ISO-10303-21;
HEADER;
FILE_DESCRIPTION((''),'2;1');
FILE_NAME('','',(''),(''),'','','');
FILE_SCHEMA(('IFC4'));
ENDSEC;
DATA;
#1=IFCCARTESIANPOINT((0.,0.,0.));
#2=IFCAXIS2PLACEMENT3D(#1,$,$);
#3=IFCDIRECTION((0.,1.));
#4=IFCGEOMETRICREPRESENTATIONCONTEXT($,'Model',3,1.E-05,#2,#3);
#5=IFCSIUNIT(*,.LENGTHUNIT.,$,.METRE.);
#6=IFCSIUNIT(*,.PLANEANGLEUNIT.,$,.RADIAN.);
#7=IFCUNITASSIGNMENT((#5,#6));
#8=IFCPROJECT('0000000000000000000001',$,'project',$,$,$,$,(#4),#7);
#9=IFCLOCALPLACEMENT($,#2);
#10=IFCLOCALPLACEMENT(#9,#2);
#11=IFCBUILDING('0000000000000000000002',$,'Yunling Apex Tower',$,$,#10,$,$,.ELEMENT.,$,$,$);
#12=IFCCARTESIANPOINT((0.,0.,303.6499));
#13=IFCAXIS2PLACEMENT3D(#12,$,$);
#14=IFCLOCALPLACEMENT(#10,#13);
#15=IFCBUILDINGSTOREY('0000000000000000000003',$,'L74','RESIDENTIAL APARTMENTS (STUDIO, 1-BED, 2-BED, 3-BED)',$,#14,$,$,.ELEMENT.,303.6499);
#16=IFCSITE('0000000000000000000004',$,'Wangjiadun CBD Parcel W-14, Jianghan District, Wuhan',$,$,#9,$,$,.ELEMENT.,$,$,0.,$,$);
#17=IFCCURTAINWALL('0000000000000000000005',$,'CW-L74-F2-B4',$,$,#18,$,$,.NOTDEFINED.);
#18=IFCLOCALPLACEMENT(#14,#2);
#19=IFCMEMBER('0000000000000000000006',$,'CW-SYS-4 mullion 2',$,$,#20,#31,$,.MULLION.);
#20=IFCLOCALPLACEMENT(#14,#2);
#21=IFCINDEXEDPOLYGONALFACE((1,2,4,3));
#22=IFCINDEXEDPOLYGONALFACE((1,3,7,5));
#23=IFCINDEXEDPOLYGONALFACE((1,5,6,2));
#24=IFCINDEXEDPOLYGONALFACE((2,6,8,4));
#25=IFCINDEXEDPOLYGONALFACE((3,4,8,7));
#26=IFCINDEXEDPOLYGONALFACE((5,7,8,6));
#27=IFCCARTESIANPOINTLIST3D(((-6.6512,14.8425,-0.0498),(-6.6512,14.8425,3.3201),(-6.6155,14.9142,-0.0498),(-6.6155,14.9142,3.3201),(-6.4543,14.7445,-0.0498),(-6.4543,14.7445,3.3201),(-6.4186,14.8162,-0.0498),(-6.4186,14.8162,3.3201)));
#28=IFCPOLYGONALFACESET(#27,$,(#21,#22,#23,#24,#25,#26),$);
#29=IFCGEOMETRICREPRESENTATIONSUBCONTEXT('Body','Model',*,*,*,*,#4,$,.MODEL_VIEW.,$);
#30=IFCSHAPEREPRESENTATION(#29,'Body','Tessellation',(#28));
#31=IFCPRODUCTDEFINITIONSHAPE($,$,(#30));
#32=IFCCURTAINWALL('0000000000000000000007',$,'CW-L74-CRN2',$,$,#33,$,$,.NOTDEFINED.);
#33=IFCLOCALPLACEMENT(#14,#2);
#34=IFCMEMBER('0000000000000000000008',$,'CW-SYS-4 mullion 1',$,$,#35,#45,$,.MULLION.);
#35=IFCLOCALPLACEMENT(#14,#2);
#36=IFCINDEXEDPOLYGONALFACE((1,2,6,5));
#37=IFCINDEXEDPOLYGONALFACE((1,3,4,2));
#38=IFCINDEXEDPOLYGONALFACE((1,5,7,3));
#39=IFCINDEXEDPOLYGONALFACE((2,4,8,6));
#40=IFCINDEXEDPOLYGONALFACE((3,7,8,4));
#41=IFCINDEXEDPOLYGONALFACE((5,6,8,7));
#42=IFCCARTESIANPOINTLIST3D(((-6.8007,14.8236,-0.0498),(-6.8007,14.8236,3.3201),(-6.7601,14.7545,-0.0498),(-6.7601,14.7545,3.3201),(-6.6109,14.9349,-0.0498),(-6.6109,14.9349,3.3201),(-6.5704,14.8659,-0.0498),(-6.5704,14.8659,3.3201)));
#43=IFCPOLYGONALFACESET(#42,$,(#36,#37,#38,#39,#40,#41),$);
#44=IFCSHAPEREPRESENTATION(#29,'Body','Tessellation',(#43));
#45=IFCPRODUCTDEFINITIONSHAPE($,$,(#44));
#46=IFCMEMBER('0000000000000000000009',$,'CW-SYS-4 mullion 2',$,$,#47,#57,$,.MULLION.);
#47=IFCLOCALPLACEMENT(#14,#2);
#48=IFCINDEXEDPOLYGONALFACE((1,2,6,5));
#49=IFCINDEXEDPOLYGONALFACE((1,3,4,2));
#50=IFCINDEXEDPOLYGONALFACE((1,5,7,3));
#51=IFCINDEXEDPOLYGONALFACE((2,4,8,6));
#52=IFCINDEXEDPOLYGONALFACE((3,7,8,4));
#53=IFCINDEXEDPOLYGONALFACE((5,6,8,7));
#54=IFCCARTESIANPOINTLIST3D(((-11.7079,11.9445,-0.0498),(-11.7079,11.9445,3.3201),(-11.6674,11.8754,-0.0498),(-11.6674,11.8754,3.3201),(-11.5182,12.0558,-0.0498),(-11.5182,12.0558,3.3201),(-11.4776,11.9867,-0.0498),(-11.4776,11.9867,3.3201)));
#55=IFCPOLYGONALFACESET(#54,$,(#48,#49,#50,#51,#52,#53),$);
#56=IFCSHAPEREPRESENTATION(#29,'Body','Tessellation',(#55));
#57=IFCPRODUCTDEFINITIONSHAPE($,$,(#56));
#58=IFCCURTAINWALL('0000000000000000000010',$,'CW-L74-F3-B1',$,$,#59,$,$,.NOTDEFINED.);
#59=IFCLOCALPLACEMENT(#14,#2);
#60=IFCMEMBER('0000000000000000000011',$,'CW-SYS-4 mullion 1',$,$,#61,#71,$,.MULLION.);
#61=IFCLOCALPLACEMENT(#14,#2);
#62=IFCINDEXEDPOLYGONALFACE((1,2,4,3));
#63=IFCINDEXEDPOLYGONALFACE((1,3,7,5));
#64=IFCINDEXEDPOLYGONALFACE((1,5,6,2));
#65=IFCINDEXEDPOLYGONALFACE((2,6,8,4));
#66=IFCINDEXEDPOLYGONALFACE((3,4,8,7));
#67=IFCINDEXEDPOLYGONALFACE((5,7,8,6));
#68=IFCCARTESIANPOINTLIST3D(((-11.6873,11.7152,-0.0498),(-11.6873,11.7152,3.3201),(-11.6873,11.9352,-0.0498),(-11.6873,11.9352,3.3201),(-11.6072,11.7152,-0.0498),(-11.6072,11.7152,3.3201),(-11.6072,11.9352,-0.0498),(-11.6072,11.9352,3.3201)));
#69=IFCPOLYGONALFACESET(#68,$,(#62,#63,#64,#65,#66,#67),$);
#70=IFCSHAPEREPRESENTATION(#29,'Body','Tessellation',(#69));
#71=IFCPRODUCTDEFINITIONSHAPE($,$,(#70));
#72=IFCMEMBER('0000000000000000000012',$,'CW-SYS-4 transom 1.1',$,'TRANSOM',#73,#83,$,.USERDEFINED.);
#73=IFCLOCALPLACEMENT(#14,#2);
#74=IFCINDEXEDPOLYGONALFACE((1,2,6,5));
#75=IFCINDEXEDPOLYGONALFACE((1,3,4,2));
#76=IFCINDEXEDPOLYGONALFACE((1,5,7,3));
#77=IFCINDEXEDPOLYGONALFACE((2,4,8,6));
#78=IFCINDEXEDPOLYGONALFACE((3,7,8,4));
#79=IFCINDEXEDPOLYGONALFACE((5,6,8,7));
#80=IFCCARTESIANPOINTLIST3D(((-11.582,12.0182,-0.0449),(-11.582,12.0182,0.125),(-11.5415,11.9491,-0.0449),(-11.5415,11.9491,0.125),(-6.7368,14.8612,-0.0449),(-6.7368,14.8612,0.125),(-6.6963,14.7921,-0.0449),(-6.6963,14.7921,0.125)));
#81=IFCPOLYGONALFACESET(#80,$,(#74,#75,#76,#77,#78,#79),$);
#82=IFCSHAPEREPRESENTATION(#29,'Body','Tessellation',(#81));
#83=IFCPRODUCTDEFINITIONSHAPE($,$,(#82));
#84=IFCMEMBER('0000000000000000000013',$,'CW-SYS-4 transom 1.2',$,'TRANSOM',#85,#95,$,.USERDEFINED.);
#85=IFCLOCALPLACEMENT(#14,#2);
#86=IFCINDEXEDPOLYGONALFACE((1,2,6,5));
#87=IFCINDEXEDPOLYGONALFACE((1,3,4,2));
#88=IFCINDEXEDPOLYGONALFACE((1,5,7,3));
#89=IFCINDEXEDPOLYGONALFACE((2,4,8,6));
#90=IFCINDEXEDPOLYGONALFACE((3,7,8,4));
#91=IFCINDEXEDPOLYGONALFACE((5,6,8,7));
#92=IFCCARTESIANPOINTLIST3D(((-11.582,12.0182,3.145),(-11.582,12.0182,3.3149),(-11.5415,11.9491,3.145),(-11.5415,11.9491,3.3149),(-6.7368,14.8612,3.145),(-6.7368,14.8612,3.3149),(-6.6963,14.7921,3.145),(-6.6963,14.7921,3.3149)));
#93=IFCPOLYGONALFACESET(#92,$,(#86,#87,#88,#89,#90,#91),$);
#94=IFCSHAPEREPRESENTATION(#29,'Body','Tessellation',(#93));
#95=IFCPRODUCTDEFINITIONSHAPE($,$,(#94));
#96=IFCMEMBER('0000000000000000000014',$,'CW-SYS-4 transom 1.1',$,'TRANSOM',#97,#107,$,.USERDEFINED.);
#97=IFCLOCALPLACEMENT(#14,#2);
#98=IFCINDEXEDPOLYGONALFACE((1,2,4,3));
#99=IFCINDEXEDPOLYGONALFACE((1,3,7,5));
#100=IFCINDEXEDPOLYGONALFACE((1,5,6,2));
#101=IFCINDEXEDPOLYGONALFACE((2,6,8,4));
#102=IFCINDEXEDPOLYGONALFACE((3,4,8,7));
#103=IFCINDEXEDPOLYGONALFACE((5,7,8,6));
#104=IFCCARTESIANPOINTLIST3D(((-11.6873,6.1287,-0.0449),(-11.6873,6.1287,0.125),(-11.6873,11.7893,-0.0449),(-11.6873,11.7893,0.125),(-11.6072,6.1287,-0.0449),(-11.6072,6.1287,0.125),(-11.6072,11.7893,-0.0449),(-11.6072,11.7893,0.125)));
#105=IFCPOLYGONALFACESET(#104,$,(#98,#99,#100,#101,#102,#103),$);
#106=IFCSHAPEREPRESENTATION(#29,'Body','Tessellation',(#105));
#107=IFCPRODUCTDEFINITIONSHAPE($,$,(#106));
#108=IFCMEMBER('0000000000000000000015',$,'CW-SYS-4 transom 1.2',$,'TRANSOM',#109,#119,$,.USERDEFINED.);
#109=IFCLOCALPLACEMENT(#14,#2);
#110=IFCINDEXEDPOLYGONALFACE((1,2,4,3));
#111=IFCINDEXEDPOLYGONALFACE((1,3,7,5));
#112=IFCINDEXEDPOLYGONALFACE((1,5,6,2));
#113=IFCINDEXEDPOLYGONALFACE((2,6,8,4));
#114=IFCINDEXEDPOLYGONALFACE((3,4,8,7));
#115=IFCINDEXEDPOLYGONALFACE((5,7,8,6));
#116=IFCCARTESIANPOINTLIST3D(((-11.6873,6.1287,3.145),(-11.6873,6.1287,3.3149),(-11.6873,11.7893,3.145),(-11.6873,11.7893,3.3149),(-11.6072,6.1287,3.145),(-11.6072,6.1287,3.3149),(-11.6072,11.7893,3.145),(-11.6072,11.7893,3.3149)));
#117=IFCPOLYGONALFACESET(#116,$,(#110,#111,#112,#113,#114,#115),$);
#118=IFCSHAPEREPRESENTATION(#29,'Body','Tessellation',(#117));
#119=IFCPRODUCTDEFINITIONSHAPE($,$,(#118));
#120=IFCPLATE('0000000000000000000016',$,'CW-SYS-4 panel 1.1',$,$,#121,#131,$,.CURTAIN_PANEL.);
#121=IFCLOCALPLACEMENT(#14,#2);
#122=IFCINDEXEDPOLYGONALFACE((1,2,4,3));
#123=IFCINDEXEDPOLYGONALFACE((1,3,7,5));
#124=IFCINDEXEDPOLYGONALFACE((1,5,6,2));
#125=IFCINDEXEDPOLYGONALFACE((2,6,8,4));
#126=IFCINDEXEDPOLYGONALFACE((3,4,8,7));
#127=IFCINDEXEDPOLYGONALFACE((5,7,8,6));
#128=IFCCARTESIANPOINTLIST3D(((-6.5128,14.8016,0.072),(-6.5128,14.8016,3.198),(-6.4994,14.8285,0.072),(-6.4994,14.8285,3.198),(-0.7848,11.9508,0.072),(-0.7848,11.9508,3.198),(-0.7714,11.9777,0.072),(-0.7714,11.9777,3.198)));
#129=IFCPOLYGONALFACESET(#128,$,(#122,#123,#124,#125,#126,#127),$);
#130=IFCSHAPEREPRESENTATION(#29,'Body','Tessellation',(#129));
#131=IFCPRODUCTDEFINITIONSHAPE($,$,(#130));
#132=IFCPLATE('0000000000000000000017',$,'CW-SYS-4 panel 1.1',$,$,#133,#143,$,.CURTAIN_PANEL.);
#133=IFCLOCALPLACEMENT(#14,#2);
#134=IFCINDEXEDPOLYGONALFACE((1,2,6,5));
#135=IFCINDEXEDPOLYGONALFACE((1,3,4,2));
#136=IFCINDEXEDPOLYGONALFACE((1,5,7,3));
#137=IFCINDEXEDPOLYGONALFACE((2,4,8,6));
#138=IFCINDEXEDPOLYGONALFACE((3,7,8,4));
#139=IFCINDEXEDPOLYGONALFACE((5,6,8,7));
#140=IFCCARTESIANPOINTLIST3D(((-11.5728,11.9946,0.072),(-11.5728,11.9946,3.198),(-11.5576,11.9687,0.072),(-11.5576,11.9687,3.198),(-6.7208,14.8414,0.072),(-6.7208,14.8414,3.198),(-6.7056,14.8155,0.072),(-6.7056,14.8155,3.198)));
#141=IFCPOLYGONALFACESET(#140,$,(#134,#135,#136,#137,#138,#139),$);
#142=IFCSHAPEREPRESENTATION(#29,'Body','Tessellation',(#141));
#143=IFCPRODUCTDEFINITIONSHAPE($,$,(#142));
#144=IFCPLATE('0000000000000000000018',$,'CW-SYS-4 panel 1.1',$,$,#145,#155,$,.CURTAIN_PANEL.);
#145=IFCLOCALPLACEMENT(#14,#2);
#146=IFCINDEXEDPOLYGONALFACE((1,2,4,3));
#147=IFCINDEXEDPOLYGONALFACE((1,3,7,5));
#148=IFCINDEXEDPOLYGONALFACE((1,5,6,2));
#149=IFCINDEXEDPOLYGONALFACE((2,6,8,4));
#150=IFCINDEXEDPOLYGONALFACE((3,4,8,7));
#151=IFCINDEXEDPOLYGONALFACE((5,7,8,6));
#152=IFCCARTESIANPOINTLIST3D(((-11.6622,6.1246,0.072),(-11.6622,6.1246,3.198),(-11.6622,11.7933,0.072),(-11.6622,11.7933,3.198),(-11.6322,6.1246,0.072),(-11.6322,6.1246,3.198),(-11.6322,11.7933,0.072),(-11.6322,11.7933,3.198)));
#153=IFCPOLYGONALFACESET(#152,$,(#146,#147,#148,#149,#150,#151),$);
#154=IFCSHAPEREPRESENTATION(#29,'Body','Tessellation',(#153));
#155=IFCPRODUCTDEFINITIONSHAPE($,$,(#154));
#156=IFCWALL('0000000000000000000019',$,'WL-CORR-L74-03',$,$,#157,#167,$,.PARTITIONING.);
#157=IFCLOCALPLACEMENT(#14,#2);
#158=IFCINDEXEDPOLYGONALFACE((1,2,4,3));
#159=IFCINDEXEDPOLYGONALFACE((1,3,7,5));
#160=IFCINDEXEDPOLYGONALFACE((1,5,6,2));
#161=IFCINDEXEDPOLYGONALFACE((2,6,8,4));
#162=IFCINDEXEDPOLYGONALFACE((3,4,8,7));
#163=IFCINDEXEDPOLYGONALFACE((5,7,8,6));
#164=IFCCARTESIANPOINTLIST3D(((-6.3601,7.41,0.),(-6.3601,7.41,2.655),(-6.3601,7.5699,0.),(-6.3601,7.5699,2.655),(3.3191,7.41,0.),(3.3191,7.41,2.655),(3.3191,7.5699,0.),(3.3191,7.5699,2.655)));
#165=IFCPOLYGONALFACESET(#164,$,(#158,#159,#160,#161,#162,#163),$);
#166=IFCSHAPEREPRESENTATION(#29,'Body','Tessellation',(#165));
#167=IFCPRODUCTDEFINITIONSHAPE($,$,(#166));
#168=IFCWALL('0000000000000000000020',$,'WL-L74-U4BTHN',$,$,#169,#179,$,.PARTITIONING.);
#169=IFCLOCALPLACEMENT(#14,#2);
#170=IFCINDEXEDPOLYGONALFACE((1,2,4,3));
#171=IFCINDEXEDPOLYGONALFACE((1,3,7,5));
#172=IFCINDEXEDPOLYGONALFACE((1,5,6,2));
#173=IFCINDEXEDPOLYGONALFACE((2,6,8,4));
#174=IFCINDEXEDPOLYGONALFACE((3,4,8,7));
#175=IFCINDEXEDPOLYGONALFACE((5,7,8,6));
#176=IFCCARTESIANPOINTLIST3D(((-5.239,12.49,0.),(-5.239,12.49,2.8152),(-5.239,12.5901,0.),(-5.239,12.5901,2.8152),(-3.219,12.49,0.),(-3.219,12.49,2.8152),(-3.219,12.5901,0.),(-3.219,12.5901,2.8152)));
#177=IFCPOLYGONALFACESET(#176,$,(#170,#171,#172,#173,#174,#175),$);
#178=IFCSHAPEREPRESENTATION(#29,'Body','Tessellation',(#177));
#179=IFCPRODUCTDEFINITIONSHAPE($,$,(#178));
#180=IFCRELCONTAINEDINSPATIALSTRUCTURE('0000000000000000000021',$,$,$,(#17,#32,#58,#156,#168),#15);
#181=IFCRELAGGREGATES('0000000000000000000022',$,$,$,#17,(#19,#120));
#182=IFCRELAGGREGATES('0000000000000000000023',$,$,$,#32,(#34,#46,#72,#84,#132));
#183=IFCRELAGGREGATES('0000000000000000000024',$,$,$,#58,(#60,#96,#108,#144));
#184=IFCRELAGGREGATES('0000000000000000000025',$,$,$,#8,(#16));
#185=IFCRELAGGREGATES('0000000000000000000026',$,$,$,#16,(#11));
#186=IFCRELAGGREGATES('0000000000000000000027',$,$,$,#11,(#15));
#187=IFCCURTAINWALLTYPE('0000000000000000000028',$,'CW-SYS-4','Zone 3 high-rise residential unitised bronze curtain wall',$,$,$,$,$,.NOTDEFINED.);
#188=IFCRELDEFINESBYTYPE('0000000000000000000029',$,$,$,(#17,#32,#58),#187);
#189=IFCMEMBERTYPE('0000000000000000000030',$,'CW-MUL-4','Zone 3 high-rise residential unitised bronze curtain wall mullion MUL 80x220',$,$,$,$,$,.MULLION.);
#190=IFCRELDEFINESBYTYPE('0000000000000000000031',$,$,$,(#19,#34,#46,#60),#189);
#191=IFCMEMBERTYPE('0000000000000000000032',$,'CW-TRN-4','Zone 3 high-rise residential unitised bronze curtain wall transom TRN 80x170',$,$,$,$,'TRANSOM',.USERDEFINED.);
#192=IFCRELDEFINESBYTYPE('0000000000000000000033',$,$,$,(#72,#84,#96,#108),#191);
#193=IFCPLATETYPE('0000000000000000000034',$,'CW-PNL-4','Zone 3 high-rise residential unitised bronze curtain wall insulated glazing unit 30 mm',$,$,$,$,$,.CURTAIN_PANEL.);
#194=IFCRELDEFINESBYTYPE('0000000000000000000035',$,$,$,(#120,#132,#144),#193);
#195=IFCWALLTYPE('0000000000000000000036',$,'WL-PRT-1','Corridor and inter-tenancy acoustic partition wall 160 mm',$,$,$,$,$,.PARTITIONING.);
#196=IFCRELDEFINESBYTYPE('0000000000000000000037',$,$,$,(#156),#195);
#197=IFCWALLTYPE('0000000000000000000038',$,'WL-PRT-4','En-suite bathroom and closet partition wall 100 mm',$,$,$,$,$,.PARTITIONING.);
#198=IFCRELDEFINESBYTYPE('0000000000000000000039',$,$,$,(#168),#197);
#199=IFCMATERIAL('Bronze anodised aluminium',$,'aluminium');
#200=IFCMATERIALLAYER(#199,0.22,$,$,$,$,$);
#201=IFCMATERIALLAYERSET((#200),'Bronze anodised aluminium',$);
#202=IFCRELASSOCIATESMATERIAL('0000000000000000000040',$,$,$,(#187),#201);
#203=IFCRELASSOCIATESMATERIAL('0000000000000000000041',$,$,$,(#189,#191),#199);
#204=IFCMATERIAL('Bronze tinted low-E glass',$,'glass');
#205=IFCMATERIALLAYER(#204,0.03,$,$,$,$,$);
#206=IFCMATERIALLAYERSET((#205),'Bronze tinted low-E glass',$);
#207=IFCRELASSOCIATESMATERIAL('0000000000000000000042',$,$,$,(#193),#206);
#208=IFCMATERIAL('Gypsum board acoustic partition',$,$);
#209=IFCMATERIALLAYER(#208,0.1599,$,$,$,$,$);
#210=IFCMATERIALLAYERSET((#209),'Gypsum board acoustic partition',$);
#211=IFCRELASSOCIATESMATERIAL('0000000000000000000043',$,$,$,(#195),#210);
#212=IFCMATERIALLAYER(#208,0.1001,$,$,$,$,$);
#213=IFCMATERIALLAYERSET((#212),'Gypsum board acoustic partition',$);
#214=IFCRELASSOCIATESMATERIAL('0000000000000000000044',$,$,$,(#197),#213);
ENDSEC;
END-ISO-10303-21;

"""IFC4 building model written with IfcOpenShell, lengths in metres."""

from ifc_helpers import new_model, si_unit, direction, frame, frame_2d, origin, origin_2d, place, context, subcontext, project, spatial, rectangle, extrude, source, transform, mapped, material, layer, layer_set, material_profile, profile_set, type_object, element, aggregate, save


model = new_model("IFC4")

# Units and contexts
model_context = context("Model", 3, precision=1e-05, world=origin(), true_north=direction((0.0, 1.0)))
body_context = subcontext(model_context, "Body", "Model", "MODEL_VIEW")
ifc_project = project(units=[si_unit("LENGTHUNIT", "METRE"), si_unit("PLANEANGLEUNIT", "RADIAN")], contexts=[model_context])

# Site, building, storey
site_placement = place(None, origin())
site = spatial("IfcSite", under=ifc_project, at=site_placement, Name="Wangjiadun CBD Parcel W-14, Jianghan District, Wuhan", CompositionType="ELEMENT", RefElevation=0.0)
building_placement = place(site_placement, origin())
building = spatial("IfcBuilding", under=site, at=building_placement, Name="Yunling Apex Tower", CompositionType="ELEMENT")
storey_placement = place(building_placement, frame((0.0, 0.0, 303.6499)))
storey = spatial("IfcBuildingStorey", under=building, at=storey_placement, Name="L74", Description="RESIDENTIAL APARTMENTS (STUDIO, 1-BED, 2-BED, 3-BED)", CompositionType="ELEMENT", Elevation=303.6499)

# Curtain wall, member
ifc_material_1 = material(Name="Bronze anodised aluminium", Category="aluminium")
ifc_layer_1 = layer(ifc_material_1, 0.22)
ifc_layer_set_1 = layer_set([ifc_layer_1], Name="Bronze anodised aluminium")
curtain_wall_type = type_object("IfcCurtainWallType", Name="CW-SYS-4", Description="Zone 3 high-rise residential unitised bronze curtain wall", PredefinedType="NOTDEFINED", material=ifc_layer_set_1)
curtain_wall_1_placement = place(storey_placement, origin())
curtain_wall_1 = element("IfcCurtainWall", 1, at=curtain_wall_1_placement, inside=storey, type_object=curtain_wall_type, Name="CW-L74-F2-B4", PredefinedType="NOTDEFINED")
ifc_material_profile_1 = material_profile(ifc_material_1, rectangle(XDim=0.0801, YDim=0.22, at=origin_2d()))
ifc_profile_set_1 = profile_set([ifc_material_profile_1], Name="Bronze anodised aluminium")
member_type_1 = type_object("IfcMemberType", Name="CW-MUL-4", Description="Zone 3 high-rise residential unitised bronze curtain wall mullion MUL 80x220", PredefinedType="MULLION", material=ifc_profile_set_1)
shared_shape_1 = source(origin(), body_context, "Body", "SweptSolid", [
    extrude(rectangle(XDim=0.0801, YDim=0.22, at=origin_2d()), origin(), (0.0, 0.0, 1.0), 3.3699),
])
member_1_placement = place(storey_placement, frame((-6.5349, 14.8293, -0.0498), z_axis=(0.0, 0.0, 1.0), x_axis=(-0.445568, -0.895248, 0.0)))
member_1 = element("IfcMember", 2, at=member_1_placement, type_object=member_type_1, Name="CW-SYS-4 mullion 2", PredefinedType="MULLION", context=body_context, shape_type="MappedRepresentation", body=[
    mapped(shared_shape_1, transform((0.0, 0.0, 0.0), scale=1.0)),
])

# Curtain wall, members
curtain_wall_2_placement = place(storey_placement, origin())
curtain_wall_2 = element("IfcCurtainWall", 3, at=curtain_wall_2_placement, inside=storey, type_object=curtain_wall_type, Name="CW-L74-CRN2", PredefinedType="NOTDEFINED")
member_2_placement = place(storey_placement, frame((-6.6855, 14.8447, -0.0498), z_axis=(0.0, 0.0, 1.0), x_axis=(0.506057, -0.8625, 0.0)))
member_2 = element("IfcMember", 4, at=member_2_placement, type_object=member_type_1, Name="CW-SYS-4 mullion 1", PredefinedType="MULLION", context=body_context, shape_type="MappedRepresentation", body=[
    mapped(shared_shape_1, transform((0.0, 0.0, 0.0), scale=1.0)),
])
member_3_placement = place(storey_placement, frame((-11.5928, 11.9656, -0.0498), z_axis=(0.0, 0.0, 1.0), x_axis=(0.506057, -0.8625, 0.0)))
member_3 = element("IfcMember", 5, at=member_3_placement, type_object=member_type_1, Name="CW-SYS-4 mullion 2", PredefinedType="MULLION", context=body_context, shape_type="MappedRepresentation", body=[
    mapped(shared_shape_1, transform((0.0, 0.0, 0.0), scale=1.0)),
])

# Curtain wall, member
curtain_wall_3_placement = place(storey_placement, origin())
curtain_wall_3 = element("IfcCurtainWall", 6, at=curtain_wall_3_placement, inside=storey, type_object=curtain_wall_type, Name="CW-L74-F3-B1", PredefinedType="NOTDEFINED")
member_4_placement = place(storey_placement, frame((-11.6472, 11.8252, -0.0498), z_axis=(0.0, 0.0, 1.0), x_axis=(1.0, 0.0, 0.0)))
member_4 = element("IfcMember", 7, at=member_4_placement, type_object=member_type_1, Name="CW-SYS-4 mullion 1", PredefinedType="MULLION", context=body_context, shape_type="MappedRepresentation", body=[
    mapped(shared_shape_1, transform((0.0, 0.0, 0.0), scale=1.0)),
])

# Members
ifc_material_profile_2 = material_profile(ifc_material_1, rectangle(XDim=0.0801, YDim=0.1699, at=origin_2d()))
ifc_profile_set_2 = profile_set([ifc_material_profile_2], Name="Bronze anodised aluminium")
member_type_2 = type_object("IfcMemberType", Name="CW-TRN-4", Description="Zone 3 high-rise residential unitised bronze curtain wall transom TRN 80x170", ElementType="TRANSOM", PredefinedType="USERDEFINED", material=ifc_profile_set_2)
shared_shape_2 = source(origin(), body_context, "Body", "SweptSolid", [
    extrude(rectangle(XDim=0.0801, YDim=0.1699, at=origin_2d()), origin(), (0.0, 0.0, 1.0), 5.6177),
])
member_5_placement = place(storey_placement, frame((-6.7166, 14.8267, 0.04), z_axis=(-0.862487, -0.50608, 0.0), x_axis=(0.50608, -0.862487, 0.0)))
member_5 = element("IfcMember", 8, at=member_5_placement, type_object=member_type_2, Name="CW-SYS-4 transom 1.1", ObjectType="TRANSOM", PredefinedType="USERDEFINED", context=body_context, shape_type="MappedRepresentation", body=[
    mapped(shared_shape_2, transform((0.0, 0.0, 0.0), scale=1.0)),
])
member_6_placement = place(storey_placement, frame((-6.7166, 14.8267, 3.23), z_axis=(-0.862487, -0.50608, 0.0), x_axis=(0.50608, -0.862487, 0.0)))
member_6 = element("IfcMember", 9, at=member_6_placement, type_object=member_type_2, Name="CW-SYS-4 transom 1.2", ObjectType="TRANSOM", PredefinedType="USERDEFINED", context=body_context, shape_type="MappedRepresentation", body=[
    mapped(shared_shape_2, transform((0.0, 0.0, 0.0), scale=1.0)),
])
shared_shape_3 = source(origin(), body_context, "Body", "SweptSolid", [
    extrude(rectangle(XDim=0.0801, YDim=0.1699, at=origin_2d()), origin(), (0.0, 0.0, 1.0), 5.6606),
])
member_7_placement = place(storey_placement, frame((-11.6472, 11.7893, 0.04), z_axis=(0.0, -1.0, 0.0), x_axis=(1.0, 0.0, 0.0)))
member_7 = element("IfcMember", 10, at=member_7_placement, type_object=member_type_2, Name="CW-SYS-4 transom 1.1", ObjectType="TRANSOM", PredefinedType="USERDEFINED", context=body_context, shape_type="MappedRepresentation", body=[
    mapped(shared_shape_3, transform((0.0, 0.0, 0.0), scale=1.0)),
])
member_8_placement = place(storey_placement, frame((-11.6472, 11.7893, 3.23), z_axis=(0.0, -1.0, 0.0), x_axis=(1.0, 0.0, 0.0)))
member_8 = element("IfcMember", 11, at=member_8_placement, type_object=member_type_2, Name="CW-SYS-4 transom 1.2", ObjectType="TRANSOM", PredefinedType="USERDEFINED", context=body_context, shape_type="MappedRepresentation", body=[
    mapped(shared_shape_3, transform((0.0, 0.0, 0.0), scale=1.0)),
])

# Plates
ifc_material_2 = material(Name="Bronze tinted low-E glass", Category="glass")
ifc_layer_2 = layer(ifc_material_2, 0.03)
ifc_layer_set_2 = layer_set([ifc_layer_2], Name="Bronze tinted low-E glass")
plate_type = type_object("IfcPlateType", Name="CW-PNL-4", Description="Zone 3 high-rise residential unitised bronze curtain wall insulated glazing unit 30 mm", PredefinedType="CURTAIN_PANEL", material=ifc_layer_set_2)
shared_shape_4 = source(origin(), body_context, "Body", "SweptSolid", [
    extrude(rectangle(XDim=6.3982, YDim=0.03, at=origin_2d()), origin(), (0.0, 0.0, 1.0), 3.126),
])
plate_1_placement = place(storey_placement, frame((-3.6421, 13.3896, 0.072), z_axis=(0.0, 0.0, 1.0), x_axis=(-0.895248, 0.445568, 0.0)))
plate_1 = element("IfcPlate", 12, at=plate_1_placement, type_object=plate_type, Name="CW-SYS-4 panel 1.1", PredefinedType="CURTAIN_PANEL", context=body_context, shape_type="MappedRepresentation", body=[
    mapped(shared_shape_4, transform((0.0, 0.0, 0.0), scale=1.0)),
])
aggregate(curtain_wall_1, [member_1, plate_1])
shared_shape_5 = source(origin(), body_context, "Body", "SweptSolid", [
    extrude(rectangle(XDim=5.6255, YDim=0.03, at=origin_2d()), origin(), (0.0, 0.0, 1.0), 3.126),
])
plate_2_placement = place(storey_placement, frame((-9.1392, 13.405, 0.072), z_axis=(0.0, 0.0, 1.0), x_axis=(-0.8625, -0.506057, 0.0)))
plate_2 = element("IfcPlate", 13, at=plate_2_placement, type_object=plate_type, Name="CW-SYS-4 panel 1.1", PredefinedType="CURTAIN_PANEL", context=body_context, shape_type="MappedRepresentation", body=[
    mapped(shared_shape_5, transform((0.0, 0.0, 0.0), scale=1.0)),
])
aggregate(curtain_wall_2, [member_2, member_3, member_5, member_6, plate_2])
shared_shape_6 = source(origin(), body_context, "Body", "SweptSolid", [
    extrude(rectangle(XDim=5.6687, YDim=0.03, at=origin_2d()), origin(), (0.0, 0.0, 1.0), 3.126),
])
plate_3_placement = place(storey_placement, frame((-11.6472, 8.959, 0.072), z_axis=(0.0, 0.0, 1.0), x_axis=(0.0, -1.0, 0.0)))
plate_3 = element("IfcPlate", 14, at=plate_3_placement, type_object=plate_type, Name="CW-SYS-4 panel 1.1", PredefinedType="CURTAIN_PANEL", context=body_context, shape_type="MappedRepresentation", body=[
    mapped(shared_shape_6, transform((0.0, 0.0, 0.0), scale=1.0)),
])
aggregate(curtain_wall_3, [member_4, member_7, member_8, plate_3])

# Walls
ifc_material_3 = material(Name="Gypsum board acoustic partition")
ifc_layer_3 = layer(ifc_material_3, 0.1599)
ifc_layer_set_3 = layer_set([ifc_layer_3], Name="Gypsum board acoustic partition")
wall_type_1 = type_object("IfcWallType", Name="WL-PRT-1", Description="Corridor and inter-tenancy acoustic partition wall 160 mm", PredefinedType="PARTITIONING", material=ifc_layer_set_3)
wall_1_placement = place(storey_placement, frame((-6.3601, 7.49, 0.0), z_axis=(0.0, 0.0, 1.0), x_axis=(1.0, 0.0, 0.0)))
element("IfcWall", 15, at=wall_1_placement, inside=storey, type_object=wall_type_1, Name="WL-CORR-L74-03", PredefinedType="PARTITIONING", context=body_context, shape_type="SweptSolid", body=[
    extrude(rectangle(XDim=9.6792, YDim=0.1599, at=frame_2d((4.8396, 0.0))), origin(), (0.0, 0.0, 1.0), 2.655),
])
ifc_layer_4 = layer(ifc_material_3, 0.1001)
ifc_layer_set_4 = layer_set([ifc_layer_4], Name="Gypsum board acoustic partition")
wall_type_2 = type_object("IfcWallType", Name="WL-PRT-4", Description="En-suite bathroom and closet partition wall 100 mm", PredefinedType="PARTITIONING", material=ifc_layer_set_4)
wall_2_placement = place(storey_placement, frame((-5.239, 12.54, 0.0), z_axis=(0.0, 0.0, 1.0), x_axis=(1.0, 0.0, 0.0)))
element("IfcWall", 16, at=wall_2_placement, inside=storey, type_object=wall_type_2, Name="WL-L74-U4BTHN", PredefinedType="PARTITIONING", context=body_context, shape_type="SweptSolid", body=[
    extrude(rectangle(XDim=2.02, YDim=0.1001, at=frame_2d((1.01, 0.0))), origin(), (0.0, 0.0, 1.0), 2.8152),
])

save(model, "model.ifc")
